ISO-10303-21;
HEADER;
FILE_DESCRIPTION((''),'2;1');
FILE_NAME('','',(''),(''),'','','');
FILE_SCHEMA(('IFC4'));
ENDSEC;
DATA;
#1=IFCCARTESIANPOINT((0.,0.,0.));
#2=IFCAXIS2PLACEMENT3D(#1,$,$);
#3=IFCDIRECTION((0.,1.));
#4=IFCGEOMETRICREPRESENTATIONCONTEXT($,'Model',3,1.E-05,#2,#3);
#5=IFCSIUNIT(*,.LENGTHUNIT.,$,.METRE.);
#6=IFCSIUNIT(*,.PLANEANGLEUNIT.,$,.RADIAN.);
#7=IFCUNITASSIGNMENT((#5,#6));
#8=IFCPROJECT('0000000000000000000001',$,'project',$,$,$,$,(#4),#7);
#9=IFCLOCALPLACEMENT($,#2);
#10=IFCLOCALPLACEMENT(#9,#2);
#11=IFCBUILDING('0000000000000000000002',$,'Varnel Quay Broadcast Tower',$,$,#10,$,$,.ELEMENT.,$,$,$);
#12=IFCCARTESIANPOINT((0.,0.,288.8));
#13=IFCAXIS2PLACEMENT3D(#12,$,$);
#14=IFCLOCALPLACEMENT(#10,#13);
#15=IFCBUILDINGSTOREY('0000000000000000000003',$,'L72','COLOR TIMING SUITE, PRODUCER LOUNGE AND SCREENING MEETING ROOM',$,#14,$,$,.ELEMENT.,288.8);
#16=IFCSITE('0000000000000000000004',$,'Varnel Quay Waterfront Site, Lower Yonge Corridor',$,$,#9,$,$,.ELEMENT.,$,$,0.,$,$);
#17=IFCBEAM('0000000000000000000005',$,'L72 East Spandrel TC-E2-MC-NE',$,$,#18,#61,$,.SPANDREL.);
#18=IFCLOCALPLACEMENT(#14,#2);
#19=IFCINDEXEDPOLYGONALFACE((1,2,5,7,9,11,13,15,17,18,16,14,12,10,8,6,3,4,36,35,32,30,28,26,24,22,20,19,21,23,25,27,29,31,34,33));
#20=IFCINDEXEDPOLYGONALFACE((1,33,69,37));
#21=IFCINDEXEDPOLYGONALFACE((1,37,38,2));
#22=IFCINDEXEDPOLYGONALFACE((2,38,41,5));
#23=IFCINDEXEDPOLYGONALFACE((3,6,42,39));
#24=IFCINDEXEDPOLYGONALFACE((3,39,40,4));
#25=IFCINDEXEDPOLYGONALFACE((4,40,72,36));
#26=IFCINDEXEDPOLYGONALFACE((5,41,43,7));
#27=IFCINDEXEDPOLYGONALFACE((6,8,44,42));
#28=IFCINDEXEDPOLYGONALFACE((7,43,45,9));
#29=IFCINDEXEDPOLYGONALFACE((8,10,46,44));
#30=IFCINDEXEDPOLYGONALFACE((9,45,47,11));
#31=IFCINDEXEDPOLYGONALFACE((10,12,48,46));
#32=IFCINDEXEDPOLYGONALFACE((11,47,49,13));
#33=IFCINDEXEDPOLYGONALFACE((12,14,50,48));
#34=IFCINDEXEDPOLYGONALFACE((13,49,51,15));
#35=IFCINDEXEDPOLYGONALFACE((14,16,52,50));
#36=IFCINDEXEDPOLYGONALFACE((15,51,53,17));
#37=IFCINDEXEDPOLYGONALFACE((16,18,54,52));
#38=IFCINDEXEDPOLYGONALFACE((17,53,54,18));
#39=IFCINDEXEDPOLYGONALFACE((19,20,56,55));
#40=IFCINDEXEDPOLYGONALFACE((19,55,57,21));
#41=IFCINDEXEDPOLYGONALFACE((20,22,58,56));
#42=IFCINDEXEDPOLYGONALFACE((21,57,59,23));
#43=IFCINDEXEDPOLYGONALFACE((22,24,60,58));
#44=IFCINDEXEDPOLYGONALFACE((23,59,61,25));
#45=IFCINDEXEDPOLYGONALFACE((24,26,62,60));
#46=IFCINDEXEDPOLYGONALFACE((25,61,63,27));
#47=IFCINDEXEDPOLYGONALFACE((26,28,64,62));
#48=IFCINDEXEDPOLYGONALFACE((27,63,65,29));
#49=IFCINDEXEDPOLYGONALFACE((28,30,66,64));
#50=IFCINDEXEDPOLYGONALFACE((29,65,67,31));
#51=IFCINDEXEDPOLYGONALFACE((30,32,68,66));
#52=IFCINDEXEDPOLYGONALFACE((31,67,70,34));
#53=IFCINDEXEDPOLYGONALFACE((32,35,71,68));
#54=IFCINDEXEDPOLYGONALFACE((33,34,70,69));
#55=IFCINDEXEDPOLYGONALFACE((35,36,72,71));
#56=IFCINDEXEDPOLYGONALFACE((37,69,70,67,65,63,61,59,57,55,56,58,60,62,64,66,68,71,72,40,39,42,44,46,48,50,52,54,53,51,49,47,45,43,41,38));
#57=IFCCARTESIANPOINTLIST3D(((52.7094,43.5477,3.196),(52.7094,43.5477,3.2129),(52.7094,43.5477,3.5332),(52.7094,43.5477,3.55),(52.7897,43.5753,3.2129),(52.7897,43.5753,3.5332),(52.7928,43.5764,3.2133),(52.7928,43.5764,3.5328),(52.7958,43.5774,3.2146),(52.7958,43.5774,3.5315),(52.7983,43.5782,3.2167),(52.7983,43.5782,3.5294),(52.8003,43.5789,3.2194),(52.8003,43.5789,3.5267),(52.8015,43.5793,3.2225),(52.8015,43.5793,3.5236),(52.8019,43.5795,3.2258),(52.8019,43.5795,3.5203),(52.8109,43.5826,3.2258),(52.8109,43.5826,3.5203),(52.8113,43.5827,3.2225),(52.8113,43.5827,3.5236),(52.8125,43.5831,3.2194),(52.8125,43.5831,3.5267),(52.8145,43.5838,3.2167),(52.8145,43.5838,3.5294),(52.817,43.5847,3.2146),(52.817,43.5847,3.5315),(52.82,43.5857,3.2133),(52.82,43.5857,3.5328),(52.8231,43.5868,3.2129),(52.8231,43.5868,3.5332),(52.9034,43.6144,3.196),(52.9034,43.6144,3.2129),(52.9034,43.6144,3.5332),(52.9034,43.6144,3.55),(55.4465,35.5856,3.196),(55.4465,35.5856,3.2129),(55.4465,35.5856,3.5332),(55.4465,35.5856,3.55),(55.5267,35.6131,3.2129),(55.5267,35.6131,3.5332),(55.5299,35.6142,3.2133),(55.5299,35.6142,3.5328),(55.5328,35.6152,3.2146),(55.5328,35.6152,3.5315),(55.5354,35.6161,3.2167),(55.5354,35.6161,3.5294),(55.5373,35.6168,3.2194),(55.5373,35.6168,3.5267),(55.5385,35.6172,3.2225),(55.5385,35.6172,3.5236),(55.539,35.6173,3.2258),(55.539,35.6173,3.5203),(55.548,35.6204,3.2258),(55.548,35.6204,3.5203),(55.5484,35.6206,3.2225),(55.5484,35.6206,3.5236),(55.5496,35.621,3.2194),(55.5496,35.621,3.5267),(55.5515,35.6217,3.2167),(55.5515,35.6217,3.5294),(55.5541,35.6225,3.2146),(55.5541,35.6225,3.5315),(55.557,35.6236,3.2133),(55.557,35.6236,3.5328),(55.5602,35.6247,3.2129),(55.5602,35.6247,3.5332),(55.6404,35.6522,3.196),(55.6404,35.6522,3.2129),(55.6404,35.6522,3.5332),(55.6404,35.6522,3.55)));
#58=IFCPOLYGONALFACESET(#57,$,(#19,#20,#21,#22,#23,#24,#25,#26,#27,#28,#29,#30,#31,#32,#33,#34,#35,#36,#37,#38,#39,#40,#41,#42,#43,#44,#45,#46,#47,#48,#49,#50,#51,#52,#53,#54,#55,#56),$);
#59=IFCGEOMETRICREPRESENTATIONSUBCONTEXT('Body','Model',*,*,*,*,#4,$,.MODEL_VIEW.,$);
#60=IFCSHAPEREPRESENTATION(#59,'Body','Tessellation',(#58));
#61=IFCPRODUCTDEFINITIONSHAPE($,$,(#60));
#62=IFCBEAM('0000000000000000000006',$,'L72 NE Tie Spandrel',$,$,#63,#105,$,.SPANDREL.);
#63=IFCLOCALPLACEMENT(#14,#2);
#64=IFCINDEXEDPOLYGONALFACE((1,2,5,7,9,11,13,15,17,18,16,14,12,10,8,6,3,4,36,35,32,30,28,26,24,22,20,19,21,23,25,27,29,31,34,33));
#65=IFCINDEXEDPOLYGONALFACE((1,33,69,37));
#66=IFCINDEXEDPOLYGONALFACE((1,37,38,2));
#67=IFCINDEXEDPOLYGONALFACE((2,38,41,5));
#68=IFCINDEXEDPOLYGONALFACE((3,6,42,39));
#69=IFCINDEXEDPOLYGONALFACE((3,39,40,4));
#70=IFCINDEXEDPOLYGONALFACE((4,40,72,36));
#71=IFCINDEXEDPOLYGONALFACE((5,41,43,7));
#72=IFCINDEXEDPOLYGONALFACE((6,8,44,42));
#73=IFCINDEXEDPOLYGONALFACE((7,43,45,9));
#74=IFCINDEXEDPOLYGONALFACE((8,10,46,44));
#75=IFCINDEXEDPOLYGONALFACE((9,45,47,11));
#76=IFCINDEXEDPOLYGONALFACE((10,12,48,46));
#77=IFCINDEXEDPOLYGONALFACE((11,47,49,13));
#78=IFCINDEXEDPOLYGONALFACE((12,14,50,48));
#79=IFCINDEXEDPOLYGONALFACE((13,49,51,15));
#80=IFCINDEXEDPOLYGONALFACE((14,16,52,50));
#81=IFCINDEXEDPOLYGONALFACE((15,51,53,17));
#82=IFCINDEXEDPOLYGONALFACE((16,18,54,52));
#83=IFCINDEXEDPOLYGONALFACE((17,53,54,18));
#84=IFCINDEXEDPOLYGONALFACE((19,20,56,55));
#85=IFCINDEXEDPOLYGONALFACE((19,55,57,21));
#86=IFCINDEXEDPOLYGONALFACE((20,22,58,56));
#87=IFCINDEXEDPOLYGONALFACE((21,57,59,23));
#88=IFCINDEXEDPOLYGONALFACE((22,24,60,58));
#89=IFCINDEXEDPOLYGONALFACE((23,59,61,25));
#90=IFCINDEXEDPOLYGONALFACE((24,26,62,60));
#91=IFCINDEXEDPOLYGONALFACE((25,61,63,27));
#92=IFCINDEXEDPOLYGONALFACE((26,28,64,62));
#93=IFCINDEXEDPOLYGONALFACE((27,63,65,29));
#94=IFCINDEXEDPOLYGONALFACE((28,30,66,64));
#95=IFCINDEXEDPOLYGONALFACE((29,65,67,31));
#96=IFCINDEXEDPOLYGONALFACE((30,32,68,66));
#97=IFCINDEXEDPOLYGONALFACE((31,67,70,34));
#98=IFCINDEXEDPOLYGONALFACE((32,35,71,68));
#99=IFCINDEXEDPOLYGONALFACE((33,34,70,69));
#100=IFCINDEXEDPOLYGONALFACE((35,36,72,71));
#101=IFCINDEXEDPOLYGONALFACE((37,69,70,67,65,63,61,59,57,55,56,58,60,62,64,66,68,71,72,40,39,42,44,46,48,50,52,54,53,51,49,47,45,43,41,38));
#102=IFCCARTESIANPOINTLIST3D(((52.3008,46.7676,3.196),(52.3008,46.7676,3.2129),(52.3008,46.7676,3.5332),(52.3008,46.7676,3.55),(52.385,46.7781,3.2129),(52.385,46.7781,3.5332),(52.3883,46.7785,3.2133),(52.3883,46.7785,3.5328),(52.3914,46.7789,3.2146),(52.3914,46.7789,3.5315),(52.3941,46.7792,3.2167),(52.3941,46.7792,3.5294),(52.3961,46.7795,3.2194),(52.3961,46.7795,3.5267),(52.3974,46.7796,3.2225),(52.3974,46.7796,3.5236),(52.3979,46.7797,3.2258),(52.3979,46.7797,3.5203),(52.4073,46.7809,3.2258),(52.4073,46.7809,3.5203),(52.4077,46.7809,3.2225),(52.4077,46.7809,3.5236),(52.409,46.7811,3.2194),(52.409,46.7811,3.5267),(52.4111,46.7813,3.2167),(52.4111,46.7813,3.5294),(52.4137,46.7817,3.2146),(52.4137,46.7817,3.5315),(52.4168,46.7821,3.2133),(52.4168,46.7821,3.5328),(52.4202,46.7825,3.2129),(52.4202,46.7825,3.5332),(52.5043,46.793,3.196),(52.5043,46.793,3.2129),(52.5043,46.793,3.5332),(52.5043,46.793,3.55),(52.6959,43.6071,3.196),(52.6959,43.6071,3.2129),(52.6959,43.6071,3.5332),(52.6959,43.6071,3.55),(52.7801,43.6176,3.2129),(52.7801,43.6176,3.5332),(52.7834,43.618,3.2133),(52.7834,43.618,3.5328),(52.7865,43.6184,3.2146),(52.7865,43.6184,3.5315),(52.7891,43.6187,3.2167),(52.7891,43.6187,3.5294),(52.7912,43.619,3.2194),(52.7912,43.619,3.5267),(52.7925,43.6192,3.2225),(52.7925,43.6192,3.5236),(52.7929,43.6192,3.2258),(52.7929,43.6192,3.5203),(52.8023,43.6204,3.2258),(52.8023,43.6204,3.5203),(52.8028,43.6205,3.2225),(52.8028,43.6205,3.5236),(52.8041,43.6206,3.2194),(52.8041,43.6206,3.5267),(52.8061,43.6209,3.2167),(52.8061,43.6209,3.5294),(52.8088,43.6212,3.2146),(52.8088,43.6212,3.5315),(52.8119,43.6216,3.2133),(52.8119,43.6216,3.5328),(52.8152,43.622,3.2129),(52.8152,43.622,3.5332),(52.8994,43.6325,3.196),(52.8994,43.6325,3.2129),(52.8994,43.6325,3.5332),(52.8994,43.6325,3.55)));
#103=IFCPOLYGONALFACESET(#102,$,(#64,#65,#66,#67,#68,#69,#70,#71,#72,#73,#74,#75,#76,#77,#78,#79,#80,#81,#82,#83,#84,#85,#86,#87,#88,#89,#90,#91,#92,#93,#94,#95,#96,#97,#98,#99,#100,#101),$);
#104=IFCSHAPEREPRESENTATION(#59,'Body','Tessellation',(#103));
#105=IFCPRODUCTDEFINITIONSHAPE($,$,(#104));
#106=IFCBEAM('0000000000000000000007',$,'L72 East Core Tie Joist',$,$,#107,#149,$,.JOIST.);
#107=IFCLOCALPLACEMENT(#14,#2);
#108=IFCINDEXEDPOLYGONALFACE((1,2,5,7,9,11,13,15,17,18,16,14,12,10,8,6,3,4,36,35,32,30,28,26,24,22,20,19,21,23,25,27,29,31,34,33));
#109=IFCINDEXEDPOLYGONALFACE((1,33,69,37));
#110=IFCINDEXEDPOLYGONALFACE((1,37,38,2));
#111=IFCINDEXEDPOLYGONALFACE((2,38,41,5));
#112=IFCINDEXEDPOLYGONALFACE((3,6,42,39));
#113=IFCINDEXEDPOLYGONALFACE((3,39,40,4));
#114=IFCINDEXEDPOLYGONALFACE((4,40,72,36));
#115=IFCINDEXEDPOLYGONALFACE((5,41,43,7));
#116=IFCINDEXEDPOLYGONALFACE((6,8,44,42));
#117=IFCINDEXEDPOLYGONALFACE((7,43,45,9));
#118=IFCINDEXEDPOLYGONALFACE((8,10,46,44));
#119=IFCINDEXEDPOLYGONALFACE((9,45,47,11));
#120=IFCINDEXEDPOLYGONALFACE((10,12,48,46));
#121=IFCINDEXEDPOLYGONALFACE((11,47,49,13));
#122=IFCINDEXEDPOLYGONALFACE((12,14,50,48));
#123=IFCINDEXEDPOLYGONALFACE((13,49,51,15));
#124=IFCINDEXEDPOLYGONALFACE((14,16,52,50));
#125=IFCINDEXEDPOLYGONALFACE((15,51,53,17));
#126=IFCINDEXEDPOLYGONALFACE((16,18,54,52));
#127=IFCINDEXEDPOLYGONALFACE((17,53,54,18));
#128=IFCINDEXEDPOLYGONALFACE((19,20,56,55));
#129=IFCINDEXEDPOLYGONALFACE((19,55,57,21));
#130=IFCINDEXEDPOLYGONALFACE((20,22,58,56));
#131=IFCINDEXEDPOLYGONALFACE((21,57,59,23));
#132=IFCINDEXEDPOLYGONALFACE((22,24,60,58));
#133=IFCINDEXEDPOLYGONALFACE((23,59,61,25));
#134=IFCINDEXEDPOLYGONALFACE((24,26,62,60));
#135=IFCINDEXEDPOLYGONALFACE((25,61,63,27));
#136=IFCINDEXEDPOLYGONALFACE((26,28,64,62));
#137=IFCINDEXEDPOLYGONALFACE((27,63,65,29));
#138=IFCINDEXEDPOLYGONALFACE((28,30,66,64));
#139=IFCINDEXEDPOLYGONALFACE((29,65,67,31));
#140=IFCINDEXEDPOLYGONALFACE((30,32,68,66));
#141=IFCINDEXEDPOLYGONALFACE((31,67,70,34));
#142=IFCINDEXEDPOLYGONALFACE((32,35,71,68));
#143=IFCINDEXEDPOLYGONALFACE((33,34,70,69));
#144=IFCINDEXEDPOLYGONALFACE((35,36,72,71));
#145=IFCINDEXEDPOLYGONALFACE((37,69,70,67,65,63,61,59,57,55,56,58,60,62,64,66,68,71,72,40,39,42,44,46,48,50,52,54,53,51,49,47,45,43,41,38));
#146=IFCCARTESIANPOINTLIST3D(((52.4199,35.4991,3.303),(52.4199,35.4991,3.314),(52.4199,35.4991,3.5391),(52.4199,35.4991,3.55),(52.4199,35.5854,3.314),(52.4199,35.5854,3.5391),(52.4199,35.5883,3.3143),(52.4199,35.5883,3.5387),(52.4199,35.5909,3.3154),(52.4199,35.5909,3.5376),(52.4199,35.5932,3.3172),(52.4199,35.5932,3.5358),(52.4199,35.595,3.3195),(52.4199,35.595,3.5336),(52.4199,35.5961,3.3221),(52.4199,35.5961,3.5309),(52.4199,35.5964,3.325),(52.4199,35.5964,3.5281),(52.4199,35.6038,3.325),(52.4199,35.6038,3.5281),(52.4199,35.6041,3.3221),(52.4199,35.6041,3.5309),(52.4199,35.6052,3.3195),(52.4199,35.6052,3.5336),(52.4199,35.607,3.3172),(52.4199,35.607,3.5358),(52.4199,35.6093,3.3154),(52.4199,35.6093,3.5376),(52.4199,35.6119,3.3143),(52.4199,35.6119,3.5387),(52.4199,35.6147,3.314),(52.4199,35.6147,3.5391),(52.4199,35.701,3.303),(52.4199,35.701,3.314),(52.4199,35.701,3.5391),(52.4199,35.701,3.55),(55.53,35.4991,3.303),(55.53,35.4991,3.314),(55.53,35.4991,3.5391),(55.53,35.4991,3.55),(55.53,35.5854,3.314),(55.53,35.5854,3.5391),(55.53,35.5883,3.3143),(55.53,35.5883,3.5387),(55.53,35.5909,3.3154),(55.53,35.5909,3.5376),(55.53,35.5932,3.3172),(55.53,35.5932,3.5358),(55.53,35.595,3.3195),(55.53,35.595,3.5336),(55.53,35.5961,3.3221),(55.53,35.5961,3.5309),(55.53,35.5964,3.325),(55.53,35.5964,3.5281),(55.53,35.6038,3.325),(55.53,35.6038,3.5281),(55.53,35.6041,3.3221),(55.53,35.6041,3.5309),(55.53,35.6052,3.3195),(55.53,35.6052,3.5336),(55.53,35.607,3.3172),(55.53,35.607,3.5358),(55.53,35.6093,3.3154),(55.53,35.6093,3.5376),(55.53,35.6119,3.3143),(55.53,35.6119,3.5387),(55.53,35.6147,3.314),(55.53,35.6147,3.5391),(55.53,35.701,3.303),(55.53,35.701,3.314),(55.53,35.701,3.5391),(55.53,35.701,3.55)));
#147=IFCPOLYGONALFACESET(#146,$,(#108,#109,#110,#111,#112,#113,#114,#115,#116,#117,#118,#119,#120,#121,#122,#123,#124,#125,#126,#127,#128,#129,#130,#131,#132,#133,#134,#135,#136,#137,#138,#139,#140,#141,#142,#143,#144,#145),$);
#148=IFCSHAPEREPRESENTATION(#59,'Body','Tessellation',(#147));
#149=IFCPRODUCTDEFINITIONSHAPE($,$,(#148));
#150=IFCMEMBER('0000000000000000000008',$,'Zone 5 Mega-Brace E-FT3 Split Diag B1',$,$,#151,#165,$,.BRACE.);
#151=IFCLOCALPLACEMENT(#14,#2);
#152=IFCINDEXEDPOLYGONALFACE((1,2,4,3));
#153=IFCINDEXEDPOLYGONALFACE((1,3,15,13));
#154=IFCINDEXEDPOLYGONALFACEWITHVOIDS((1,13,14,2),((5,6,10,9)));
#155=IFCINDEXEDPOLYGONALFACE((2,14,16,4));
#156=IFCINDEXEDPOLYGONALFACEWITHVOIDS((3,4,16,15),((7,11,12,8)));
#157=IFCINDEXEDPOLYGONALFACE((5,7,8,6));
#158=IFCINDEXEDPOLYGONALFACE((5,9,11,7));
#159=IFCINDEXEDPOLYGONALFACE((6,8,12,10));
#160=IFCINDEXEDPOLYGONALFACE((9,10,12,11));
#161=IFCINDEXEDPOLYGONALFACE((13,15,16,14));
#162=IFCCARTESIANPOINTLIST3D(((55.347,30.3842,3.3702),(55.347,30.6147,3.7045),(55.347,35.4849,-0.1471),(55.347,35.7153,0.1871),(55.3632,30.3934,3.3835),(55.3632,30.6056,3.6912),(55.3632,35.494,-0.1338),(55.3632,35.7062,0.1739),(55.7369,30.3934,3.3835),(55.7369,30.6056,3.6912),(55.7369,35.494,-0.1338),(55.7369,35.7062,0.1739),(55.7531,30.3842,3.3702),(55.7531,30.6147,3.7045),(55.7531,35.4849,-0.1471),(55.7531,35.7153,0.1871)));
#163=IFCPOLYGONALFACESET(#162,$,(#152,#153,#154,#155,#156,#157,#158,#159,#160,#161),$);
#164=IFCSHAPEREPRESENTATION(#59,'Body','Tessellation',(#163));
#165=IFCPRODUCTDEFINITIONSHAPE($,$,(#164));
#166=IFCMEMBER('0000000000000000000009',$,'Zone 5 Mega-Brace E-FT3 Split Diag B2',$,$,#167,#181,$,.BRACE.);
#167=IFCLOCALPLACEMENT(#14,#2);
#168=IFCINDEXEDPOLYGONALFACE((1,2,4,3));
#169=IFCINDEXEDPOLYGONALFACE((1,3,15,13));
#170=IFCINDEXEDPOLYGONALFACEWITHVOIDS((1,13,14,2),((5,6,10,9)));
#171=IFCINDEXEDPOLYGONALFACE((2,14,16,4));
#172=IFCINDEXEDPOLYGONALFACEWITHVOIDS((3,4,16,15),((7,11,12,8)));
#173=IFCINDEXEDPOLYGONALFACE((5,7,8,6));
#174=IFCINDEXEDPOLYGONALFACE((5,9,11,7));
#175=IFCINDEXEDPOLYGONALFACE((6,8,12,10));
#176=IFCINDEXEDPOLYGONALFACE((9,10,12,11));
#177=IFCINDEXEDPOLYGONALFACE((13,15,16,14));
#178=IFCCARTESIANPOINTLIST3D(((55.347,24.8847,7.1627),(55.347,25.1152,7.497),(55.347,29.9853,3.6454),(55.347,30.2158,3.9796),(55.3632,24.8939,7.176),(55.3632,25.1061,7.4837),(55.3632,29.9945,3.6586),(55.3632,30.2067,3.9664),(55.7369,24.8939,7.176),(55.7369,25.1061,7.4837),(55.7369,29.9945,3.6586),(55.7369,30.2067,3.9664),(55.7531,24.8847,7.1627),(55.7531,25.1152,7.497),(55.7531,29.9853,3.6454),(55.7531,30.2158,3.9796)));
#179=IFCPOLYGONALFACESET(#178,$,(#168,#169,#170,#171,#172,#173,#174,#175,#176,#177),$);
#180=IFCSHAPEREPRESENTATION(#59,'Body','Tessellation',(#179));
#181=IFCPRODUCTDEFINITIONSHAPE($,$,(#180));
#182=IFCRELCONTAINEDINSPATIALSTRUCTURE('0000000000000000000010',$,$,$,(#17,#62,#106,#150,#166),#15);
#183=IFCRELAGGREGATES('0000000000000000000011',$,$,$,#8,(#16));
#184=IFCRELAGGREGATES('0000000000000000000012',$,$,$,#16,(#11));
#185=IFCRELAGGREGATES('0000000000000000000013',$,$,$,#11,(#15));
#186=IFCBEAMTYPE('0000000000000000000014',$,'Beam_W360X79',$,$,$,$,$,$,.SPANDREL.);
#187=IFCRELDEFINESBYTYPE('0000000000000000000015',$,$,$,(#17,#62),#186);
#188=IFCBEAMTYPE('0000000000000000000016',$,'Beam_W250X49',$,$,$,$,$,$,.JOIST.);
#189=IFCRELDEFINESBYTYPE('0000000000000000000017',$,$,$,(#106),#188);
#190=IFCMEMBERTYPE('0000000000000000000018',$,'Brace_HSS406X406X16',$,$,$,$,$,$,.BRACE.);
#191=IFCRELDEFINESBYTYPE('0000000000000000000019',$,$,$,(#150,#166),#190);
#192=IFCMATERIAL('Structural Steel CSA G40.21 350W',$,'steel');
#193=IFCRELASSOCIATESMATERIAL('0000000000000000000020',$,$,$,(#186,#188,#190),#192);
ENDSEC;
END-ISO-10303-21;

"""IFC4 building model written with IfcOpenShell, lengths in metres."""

from ifc_helpers import new_model, si_unit, direction, frame, origin, origin_2d, place, context, subcontext, project, spatial, hollow_rectangle, i_section, extrude, source, transform, mapped, material, material_profile, profile_set, type_object, type_shapes, element, save


model = new_model("IFC4")

# Units and contexts
model_context = context("Model", 3, precision=1e-05, world=origin(), true_north=direction((0.0, 1.0)))
body_context = subcontext(model_context, "Body", "Model", "MODEL_VIEW")
ifc_project = project(units=[si_unit("LENGTHUNIT", "METRE"), si_unit("PLANEANGLEUNIT", "RADIAN")], contexts=[model_context])

# Site, building, storey
site_placement = place(None, origin())
site = spatial("IfcSite", under=ifc_project, at=site_placement, Name="Varnel Quay Waterfront Site, Lower Yonge Corridor", CompositionType="ELEMENT", RefElevation=0.0)
building_placement = place(site_placement, origin())
building = spatial("IfcBuilding", under=site, at=building_placement, Name="Varnel Quay Broadcast Tower", CompositionType="ELEMENT")
storey_placement = place(building_placement, frame((0.0, 0.0, 288.8)))
storey = spatial("IfcBuildingStorey", under=building, at=storey_placement, Name="L72", Description="COLOR TIMING SUITE, PRODUCER LOUNGE AND SCREENING MEETING ROOM", CompositionType="ELEMENT", Elevation=288.8)

# Shared definitions
ifc_material_1 = material(Name="Structural Steel CSA G40.21 350W", Category="steel")

# Beams
ifc_material_profile_1 = material_profile(ifc_material_1, i_section(OverallWidth=0.2051, OverallDepth=0.354, WebThickness=0.0095, FlangeThickness=0.0168, FilletRadius=0.0129, at=origin_2d()), Name="W360X79")
ifc_profile_set_1 = profile_set([ifc_material_profile_1], Name="Structural Steel CSA G40.21 350W")
beam_type_1 = type_object("IfcBeamType", Name="Beam_W360X79", PredefinedType="SPANDREL", material=ifc_profile_set_1)
shared_shape_1 = source(origin(), body_context, "Body", "SweptSolid", [
    extrude(i_section(OverallWidth=0.2051, OverallDepth=0.354, WebThickness=0.0095, FlangeThickness=0.0168, FilletRadius=0.0129, at=origin_2d()), origin(), (0.0, 0.0, 1.0), 8.4194),
])
beam_1_placement = place(storey_placement, frame((55.5435, 35.6189, 3.373), z_axis=(-0.325087, 0.945684, 0.0), x_axis=(-0.945684, -0.325087, 0.0)))
element("IfcBeam", 1, at=beam_1_placement, inside=storey, type_object=beam_type_1, Name="L72 East Spandrel TC-E2-MC-NE", PredefinedType="SPANDREL", context=body_context, shape_type="MappedRepresentation", body=[
    mapped(shared_shape_1, transform((0.0, 0.0, 0.0), x_axis=(1.0, 0.0, 0.0), y_axis=(0.0, 1.0, 0.0), z_axis=(0.0, 0.0, 1.0), scale=1.0)),
])
shared_shape_2 = source(origin(), body_context, "Body", "SweptSolid", [
    extrude(i_section(OverallWidth=0.2051, OverallDepth=0.354, WebThickness=0.0095, FlangeThickness=0.0168, FilletRadius=0.0129, at=origin_2d()), origin(), (0.0, 0.0, 1.0), 3.1851),
])
type_shapes(beam_type_1, [shared_shape_1, shared_shape_2])
beam_2_placement = place(storey_placement, frame((52.4026, 46.7803, 3.373), z_axis=(0.124025, -0.992279, 0.0), x_axis=(0.992279, 0.124025, 0.0)))
element("IfcBeam", 2, at=beam_2_placement, inside=storey, type_object=beam_type_1, Name="L72 NE Tie Spandrel", PredefinedType="SPANDREL", context=body_context, shape_type="MappedRepresentation", body=[
    mapped(shared_shape_2, transform((0.0, 0.0, 0.0), x_axis=(1.0, 0.0, 0.0), y_axis=(0.0, 1.0, 0.0), z_axis=(0.0, 0.0, 1.0), scale=1.0)),
])
ifc_material_profile_2 = material_profile(ifc_material_1, i_section(OverallWidth=0.2019, OverallDepth=0.2471, WebThickness=0.0073, FlangeThickness=0.011, FilletRadius=0.011, at=origin_2d()), Name="W250X49")
ifc_profile_set_2 = profile_set([ifc_material_profile_2], Name="Structural Steel CSA G40.21 350W")
beam_type_2 = type_object("IfcBeamType", Name="Beam_W250X49", PredefinedType="JOIST", material=ifc_profile_set_2)
shared_shape_3 = source(origin(), body_context, "Body", "SweptSolid", [
    extrude(i_section(OverallWidth=0.2019, OverallDepth=0.2471, WebThickness=0.0073, FlangeThickness=0.011, FilletRadius=0.011, at=origin_2d()), origin(), (0.0, 0.0, 1.0), 3.1101),
])
type_shapes(beam_type_2, [shared_shape_3])
beam_3_placement = place(storey_placement, frame((52.4199, 35.6001, 3.4265), z_axis=(1.0, 0.0, 0.0), x_axis=(0.0, 1.0, 0.0)))
element("IfcBeam", 3, at=beam_3_placement, inside=storey, type_object=beam_type_2, Name="L72 East Core Tie Joist", PredefinedType="JOIST", context=body_context, shape_type="MappedRepresentation", body=[
    mapped(shared_shape_3, transform((0.0, 0.0, 0.0), x_axis=(1.0, 0.0, 0.0), y_axis=(0.0, 1.0, 0.0), z_axis=(0.0, 0.0, 1.0), scale=1.0)),
])

# Members
ifc_material_profile_3 = material_profile(ifc_material_1, hollow_rectangle(XDim=0.406, YDim=0.406, WallThickness=0.0161, at=origin_2d()), Name="HSS406X406X16")
ifc_profile_set_3 = profile_set([ifc_material_profile_3], Name="Structural Steel CSA G40.21 350W")
member_type_1 = type_object("IfcMemberType", Name="Brace_HSS406X406X16", PredefinedType="BRACE", material=ifc_profile_set_3)
shared_shape_4 = source(origin(), body_context, "Body", "SweptSolid", [
    extrude(hollow_rectangle(XDim=0.406, YDim=0.406, WallThickness=0.0161, at=origin_2d()), origin(), (0.0, 0.0, 1.0), 6.1958),
])
type_shapes(member_type_1, [shared_shape_4])
for number, where, z_axis, x_axis, name in (
    (4, (55.55, 35.6001, 0.02), (0.0, -0.823236, 0.567699), (1.0, 0.0, 0.0), "Zone 5 Mega-Brace E-FT3 Split Diag B1"),
    (5, (55.55, 30.1006, 3.8125), (0.0, -0.823236, 0.567699), (1.0, 0.0, 0.0), "Zone 5 Mega-Brace E-FT3 Split Diag B2"),
):
    element("IfcMember", number, at=place(storey_placement, frame(where, z_axis=z_axis, x_axis=x_axis)), inside=storey, type_object=member_type_1, Name=name, PredefinedType="BRACE", context=body_context, shape_type="MappedRepresentation", body=[
        mapped(shared_shape_4, transform((0.0, 0.0, 0.0), x_axis=(1.0, 0.0, 0.0), y_axis=(0.0, 1.0, 0.0), z_axis=(0.0, 0.0, 1.0), scale=1.0)),
    ])

save(model, "model.ifc")
